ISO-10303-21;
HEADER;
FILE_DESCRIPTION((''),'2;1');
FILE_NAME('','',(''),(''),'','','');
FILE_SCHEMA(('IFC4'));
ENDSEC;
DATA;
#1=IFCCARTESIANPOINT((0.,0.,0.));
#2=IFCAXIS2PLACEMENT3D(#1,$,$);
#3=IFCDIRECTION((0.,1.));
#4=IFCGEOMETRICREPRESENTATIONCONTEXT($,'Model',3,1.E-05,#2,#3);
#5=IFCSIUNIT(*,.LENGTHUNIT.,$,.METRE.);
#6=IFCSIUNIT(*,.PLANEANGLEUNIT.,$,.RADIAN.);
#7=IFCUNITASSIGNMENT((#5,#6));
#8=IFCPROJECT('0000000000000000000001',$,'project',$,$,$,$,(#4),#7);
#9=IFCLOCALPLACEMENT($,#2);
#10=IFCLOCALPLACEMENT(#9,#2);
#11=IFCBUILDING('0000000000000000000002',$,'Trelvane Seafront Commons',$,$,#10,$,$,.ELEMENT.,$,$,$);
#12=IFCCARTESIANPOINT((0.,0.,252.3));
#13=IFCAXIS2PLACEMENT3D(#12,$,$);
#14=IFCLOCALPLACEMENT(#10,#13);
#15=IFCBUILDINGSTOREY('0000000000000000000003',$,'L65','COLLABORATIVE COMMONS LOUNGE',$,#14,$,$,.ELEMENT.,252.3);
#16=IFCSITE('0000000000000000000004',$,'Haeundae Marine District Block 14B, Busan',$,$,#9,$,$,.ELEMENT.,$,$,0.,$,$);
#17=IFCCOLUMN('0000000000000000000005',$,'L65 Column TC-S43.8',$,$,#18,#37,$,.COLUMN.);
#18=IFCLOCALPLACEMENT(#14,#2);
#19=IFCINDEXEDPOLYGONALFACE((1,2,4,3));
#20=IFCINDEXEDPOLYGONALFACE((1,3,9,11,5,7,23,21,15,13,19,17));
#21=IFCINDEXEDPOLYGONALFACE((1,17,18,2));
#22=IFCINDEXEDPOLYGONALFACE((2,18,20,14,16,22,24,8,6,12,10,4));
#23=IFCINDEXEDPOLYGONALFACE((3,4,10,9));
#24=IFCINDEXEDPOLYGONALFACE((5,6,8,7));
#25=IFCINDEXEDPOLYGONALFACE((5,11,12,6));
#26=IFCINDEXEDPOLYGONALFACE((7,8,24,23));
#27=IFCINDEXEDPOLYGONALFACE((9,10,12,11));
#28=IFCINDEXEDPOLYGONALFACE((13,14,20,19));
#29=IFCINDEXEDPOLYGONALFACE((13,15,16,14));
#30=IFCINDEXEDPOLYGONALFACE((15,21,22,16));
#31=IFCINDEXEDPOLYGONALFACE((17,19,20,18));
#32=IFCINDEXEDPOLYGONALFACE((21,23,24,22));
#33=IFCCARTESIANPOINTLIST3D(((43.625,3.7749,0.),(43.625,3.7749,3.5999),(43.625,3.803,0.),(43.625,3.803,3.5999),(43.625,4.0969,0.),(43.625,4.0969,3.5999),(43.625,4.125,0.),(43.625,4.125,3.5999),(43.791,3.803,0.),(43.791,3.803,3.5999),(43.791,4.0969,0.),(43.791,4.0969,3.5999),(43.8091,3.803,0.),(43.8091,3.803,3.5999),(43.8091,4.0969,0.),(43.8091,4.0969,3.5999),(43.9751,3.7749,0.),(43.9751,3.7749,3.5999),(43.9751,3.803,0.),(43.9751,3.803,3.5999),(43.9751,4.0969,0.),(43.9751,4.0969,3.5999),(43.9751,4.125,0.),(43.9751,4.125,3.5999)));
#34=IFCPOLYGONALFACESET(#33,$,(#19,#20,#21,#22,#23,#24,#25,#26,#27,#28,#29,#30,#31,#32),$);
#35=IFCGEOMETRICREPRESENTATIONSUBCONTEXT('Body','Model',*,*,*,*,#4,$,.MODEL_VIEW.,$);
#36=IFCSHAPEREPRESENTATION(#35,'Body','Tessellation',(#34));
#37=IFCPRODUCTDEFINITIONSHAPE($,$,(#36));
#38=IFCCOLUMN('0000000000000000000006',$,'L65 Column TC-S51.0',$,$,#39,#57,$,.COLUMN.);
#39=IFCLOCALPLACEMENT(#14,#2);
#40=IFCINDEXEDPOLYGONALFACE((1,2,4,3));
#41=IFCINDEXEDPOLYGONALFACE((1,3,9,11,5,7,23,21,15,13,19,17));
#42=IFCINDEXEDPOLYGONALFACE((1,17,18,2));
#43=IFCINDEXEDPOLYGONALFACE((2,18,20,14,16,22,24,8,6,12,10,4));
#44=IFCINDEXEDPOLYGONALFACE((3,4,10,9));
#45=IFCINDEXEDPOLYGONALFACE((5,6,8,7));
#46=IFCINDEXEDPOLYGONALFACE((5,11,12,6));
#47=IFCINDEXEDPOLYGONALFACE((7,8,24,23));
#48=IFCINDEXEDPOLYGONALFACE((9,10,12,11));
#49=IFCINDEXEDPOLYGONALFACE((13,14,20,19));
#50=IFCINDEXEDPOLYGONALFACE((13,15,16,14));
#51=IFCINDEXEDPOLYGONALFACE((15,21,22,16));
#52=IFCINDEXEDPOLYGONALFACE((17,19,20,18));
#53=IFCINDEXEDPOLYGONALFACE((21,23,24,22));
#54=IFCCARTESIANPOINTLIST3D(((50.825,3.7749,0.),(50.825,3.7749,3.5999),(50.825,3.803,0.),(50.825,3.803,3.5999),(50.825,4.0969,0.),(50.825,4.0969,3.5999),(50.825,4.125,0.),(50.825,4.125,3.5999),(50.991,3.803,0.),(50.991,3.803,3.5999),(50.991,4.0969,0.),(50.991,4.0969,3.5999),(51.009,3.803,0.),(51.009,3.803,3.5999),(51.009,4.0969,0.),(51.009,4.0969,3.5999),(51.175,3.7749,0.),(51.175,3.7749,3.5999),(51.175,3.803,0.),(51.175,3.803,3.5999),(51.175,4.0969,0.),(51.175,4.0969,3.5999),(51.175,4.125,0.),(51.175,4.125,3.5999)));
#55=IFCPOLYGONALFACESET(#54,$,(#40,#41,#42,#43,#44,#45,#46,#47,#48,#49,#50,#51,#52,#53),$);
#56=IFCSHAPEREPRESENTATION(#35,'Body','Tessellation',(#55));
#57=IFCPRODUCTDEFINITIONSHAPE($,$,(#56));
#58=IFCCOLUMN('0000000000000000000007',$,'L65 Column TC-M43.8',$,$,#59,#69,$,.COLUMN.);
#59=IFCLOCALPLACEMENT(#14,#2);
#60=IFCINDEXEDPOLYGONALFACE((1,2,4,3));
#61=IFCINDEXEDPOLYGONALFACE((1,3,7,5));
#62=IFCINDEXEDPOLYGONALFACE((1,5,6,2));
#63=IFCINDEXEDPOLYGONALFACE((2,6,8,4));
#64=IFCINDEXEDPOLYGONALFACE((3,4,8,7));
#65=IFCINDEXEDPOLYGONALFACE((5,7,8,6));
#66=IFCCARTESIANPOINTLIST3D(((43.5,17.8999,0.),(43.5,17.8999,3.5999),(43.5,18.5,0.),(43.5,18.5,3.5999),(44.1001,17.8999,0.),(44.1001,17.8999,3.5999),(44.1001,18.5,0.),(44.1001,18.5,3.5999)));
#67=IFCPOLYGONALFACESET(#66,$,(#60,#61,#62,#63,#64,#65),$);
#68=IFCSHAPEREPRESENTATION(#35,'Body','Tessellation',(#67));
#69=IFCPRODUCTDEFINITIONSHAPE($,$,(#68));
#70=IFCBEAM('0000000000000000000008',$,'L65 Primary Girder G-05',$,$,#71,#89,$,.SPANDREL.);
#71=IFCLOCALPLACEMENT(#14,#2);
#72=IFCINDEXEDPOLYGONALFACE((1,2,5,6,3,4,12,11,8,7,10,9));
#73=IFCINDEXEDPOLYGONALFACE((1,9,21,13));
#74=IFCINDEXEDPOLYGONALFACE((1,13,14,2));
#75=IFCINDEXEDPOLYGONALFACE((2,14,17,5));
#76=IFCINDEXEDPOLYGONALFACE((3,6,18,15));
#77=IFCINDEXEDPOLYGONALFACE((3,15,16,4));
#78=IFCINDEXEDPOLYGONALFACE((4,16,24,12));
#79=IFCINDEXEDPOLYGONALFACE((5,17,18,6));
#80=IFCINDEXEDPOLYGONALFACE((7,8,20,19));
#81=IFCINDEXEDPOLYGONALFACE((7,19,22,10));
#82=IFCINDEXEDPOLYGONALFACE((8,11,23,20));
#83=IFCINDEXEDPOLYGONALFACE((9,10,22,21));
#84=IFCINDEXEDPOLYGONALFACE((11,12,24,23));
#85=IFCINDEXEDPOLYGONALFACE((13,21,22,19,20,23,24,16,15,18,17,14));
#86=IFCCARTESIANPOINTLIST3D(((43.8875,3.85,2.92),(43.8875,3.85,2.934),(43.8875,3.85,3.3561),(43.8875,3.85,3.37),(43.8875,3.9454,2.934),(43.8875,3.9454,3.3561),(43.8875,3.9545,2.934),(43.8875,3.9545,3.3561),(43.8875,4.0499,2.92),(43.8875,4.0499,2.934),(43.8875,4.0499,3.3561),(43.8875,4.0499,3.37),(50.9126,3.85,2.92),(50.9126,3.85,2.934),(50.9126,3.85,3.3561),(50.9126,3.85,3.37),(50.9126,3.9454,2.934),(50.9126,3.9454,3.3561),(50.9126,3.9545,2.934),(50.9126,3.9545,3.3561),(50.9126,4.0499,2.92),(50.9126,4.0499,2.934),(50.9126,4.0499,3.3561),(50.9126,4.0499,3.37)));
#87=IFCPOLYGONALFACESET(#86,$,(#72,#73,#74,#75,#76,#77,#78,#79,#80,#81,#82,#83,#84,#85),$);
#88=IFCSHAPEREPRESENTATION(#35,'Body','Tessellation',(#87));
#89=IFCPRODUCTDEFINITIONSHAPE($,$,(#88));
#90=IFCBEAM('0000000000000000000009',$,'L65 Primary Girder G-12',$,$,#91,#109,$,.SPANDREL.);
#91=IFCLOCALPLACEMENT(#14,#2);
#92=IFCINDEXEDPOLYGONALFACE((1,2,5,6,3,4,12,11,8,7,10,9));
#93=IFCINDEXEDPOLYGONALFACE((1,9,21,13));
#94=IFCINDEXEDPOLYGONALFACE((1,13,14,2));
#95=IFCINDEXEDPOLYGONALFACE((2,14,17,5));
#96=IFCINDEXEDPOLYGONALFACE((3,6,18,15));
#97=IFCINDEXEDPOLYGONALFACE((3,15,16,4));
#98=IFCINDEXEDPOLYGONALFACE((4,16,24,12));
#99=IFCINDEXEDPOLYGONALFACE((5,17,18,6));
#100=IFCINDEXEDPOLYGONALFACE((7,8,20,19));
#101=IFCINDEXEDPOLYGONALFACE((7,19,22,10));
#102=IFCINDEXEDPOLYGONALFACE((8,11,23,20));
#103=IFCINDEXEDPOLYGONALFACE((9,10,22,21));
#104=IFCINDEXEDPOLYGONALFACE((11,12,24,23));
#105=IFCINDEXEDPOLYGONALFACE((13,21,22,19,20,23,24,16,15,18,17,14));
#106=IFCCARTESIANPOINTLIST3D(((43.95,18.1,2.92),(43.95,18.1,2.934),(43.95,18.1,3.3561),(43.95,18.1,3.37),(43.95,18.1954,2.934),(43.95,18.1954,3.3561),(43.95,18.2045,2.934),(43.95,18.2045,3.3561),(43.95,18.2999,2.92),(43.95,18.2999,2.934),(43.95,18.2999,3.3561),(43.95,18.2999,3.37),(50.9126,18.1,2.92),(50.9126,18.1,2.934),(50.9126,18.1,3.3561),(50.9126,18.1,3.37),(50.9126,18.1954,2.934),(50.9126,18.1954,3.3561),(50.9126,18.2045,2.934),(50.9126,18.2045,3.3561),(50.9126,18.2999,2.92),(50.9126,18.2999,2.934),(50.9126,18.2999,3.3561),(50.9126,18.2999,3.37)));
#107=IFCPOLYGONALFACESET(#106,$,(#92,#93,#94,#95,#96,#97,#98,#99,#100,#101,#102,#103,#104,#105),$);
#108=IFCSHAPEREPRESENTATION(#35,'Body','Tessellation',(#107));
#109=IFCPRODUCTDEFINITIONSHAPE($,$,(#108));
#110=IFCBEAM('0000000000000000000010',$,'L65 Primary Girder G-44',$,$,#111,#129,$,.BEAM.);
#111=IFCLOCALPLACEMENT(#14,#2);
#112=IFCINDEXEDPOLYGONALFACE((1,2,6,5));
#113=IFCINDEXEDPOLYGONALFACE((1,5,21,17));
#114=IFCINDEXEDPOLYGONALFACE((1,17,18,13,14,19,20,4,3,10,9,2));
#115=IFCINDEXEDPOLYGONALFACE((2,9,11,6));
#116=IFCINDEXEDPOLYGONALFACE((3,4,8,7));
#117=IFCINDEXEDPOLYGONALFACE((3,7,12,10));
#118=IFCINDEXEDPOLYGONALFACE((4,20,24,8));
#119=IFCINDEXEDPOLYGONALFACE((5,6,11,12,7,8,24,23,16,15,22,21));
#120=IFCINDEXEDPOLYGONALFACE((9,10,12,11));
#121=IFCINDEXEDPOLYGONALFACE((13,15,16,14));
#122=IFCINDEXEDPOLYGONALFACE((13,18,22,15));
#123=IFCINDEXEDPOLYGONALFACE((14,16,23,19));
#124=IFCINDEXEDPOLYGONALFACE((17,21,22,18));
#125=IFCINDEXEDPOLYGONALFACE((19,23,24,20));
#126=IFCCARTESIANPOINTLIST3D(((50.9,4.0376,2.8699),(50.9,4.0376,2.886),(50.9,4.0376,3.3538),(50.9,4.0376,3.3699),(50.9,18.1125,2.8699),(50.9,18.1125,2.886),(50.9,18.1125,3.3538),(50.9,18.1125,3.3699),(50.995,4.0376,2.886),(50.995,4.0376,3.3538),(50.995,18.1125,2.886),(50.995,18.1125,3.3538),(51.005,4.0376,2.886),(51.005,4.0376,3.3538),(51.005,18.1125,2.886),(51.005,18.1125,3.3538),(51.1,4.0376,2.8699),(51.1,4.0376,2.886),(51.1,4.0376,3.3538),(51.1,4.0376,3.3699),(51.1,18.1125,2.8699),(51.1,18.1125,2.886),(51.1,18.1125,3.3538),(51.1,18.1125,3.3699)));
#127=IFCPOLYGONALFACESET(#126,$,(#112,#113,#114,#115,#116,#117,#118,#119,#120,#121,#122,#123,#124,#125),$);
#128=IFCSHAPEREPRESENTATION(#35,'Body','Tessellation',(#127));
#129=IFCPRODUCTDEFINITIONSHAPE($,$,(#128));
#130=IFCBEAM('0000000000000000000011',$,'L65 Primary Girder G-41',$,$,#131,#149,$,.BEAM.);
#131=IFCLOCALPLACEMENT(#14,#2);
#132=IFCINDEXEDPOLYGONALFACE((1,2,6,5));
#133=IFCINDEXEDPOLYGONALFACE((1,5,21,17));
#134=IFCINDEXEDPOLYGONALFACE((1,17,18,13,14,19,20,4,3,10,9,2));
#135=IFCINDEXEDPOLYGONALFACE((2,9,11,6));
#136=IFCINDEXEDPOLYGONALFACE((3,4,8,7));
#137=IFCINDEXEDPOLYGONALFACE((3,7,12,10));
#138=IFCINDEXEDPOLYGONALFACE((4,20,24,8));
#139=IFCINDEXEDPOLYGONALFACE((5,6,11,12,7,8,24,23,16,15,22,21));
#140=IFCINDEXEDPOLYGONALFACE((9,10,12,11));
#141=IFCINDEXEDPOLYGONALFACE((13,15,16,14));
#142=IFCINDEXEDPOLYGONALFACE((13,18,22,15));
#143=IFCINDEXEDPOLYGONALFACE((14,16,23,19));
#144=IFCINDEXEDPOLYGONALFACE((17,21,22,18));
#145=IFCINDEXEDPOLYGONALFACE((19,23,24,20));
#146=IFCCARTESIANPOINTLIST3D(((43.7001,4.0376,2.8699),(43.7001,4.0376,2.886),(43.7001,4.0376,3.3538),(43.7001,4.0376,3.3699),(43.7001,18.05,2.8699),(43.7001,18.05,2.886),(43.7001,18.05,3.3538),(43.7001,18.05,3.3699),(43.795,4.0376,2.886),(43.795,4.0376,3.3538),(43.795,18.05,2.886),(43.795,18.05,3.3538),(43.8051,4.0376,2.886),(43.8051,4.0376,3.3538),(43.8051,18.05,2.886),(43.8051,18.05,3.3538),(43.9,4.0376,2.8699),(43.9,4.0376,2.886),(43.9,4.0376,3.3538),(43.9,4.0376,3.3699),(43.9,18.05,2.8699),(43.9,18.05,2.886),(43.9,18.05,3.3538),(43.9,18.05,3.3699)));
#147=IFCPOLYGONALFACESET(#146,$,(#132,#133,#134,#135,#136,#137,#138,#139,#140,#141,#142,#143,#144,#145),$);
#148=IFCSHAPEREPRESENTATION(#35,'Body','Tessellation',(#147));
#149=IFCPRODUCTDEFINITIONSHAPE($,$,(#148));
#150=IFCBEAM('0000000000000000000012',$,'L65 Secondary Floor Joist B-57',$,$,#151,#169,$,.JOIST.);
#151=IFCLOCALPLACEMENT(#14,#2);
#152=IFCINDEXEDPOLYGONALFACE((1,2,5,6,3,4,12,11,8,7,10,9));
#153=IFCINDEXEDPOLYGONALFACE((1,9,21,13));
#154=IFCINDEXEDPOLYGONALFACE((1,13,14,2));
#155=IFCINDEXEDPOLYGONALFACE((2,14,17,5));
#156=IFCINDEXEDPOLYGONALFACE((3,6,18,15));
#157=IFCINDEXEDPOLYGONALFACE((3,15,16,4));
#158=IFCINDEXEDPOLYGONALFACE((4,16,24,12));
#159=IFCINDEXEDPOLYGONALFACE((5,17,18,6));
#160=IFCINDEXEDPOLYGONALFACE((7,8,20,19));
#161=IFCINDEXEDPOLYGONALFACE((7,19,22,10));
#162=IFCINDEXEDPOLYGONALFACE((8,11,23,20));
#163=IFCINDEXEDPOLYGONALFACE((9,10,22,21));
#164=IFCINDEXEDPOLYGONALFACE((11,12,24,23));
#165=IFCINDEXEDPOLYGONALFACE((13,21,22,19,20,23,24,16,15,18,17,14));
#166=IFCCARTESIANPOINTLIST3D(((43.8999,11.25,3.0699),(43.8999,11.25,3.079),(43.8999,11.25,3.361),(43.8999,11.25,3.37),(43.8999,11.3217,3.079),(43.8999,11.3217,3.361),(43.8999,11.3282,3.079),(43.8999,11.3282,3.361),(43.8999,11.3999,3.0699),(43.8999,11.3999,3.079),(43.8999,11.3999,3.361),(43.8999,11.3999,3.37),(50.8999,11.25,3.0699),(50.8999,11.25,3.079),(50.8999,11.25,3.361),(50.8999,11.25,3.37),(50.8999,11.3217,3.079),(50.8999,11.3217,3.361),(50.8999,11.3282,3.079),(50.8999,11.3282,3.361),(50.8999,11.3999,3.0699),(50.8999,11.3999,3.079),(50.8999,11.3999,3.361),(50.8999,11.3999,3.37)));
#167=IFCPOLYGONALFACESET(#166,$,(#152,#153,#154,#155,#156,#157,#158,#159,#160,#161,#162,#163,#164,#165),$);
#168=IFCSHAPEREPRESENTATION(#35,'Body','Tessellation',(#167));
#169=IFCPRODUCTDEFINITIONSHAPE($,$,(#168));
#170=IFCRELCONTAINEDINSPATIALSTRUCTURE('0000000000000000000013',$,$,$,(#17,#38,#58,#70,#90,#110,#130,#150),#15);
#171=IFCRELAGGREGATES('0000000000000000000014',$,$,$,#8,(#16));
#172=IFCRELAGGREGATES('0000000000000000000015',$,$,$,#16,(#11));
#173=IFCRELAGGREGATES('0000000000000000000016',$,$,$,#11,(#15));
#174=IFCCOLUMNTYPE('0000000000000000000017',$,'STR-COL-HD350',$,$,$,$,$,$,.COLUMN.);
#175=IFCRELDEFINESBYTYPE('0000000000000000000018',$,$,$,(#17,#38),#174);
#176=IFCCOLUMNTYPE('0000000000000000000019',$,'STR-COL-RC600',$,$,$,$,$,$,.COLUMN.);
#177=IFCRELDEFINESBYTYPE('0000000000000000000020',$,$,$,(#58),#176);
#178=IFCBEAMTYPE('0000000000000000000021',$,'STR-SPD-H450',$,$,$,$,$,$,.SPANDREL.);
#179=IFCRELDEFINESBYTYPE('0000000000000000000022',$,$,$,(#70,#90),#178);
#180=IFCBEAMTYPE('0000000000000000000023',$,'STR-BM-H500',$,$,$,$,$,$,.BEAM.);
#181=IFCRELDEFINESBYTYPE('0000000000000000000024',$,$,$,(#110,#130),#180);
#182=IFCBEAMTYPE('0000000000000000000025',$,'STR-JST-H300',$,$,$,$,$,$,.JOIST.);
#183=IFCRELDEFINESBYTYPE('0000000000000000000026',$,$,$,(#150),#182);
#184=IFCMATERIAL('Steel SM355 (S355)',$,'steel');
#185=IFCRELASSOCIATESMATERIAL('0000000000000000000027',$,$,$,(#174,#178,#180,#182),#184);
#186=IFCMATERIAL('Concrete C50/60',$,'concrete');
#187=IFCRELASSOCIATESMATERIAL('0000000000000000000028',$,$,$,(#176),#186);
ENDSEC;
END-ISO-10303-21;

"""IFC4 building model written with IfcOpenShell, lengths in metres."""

from ifc_helpers import new_model, si_unit, direction, frame, origin, origin_2d, place, context, subcontext, project, spatial, rectangle, i_section, extrude, source, transform, mapped, material, material_profile, profile_set, type_object, element, save


model = new_model("IFC4")

# Units and contexts
model_context = context("Model", 3, precision=1e-05, world=origin(), true_north=direction((0.0, 1.0)))
body_context = subcontext(model_context, "Body", "Model", "MODEL_VIEW")
ifc_project = project(units=[si_unit("LENGTHUNIT", "METRE"), si_unit("PLANEANGLEUNIT", "RADIAN")], contexts=[model_context])

# Site, building, storey
site_placement = place(None, origin())
site = spatial("IfcSite", under=ifc_project, at=site_placement, Name="Haeundae Marine District Block 14B, Busan", CompositionType="ELEMENT", RefElevation=0.0)
building_placement = place(site_placement, origin())
building = spatial("IfcBuilding", under=site, at=building_placement, Name="Trelvane Seafront Commons", CompositionType="ELEMENT")
storey_placement = place(building_placement, frame((0.0, 0.0, 252.3)))
storey = spatial("IfcBuildingStorey", under=building, at=storey_placement, Name="L65", Description="COLLABORATIVE COMMONS LOUNGE", CompositionType="ELEMENT", Elevation=252.3)

# Columns
ifc_material_1 = material(Name="Steel SM355 (S355)", Category="steel")
ifc_material_profile_1 = material_profile(ifc_material_1, i_section(OverallWidth=0.3501, OverallDepth=0.3501, WebThickness=0.0181, FlangeThickness=0.0281, at=origin_2d()), Name="HD-350x350x18x28")
ifc_profile_set_1 = profile_set([ifc_material_profile_1], Name="Steel SM355 (S355)")
column_type_1 = type_object("IfcColumnType", Name="STR-COL-HD350", PredefinedType="COLUMN", material=ifc_profile_set_1)
shared_shape_1 = source(origin(), body_context, "Body", "SweptSolid", [
    extrude(i_section(OverallWidth=0.3501, OverallDepth=0.3501, WebThickness=0.0181, FlangeThickness=0.0281, at=origin_2d()), origin(), (0.0, 0.0, 1.0), 3.5999),
])
for number, where, z_axis, x_axis, name in (
    (1, (43.8, 3.95, 0.0), (0.0, 0.0, 1.0), (1.0, 0.0, 0.0), "L65 Column TC-S43.8"),
    (2, (51.0, 3.95, 0.0), (0.0, 0.0, 1.0), (1.0, 0.0, 0.0), "L65 Column TC-S51.0"),
):
    element("IfcColumn", number, at=place(storey_placement, frame(where, z_axis=z_axis, x_axis=x_axis)), inside=storey, type_object=column_type_1, Name=name, PredefinedType="COLUMN", context=body_context, shape_type="MappedRepresentation", body=[
        mapped(shared_shape_1, transform((0.0, 0.0, 0.0), x_axis=(1.0, 0.0, 0.0), y_axis=(0.0, 1.0, 0.0), z_axis=(0.0, 0.0, 1.0), scale=1.0)),
    ])
ifc_material_2 = material(Name="Concrete C50/60", Category="concrete")
ifc_material_profile_2 = material_profile(ifc_material_2, rectangle(XDim=0.6001, YDim=0.6001, at=origin_2d()), Name="RC-600x600")
ifc_profile_set_2 = profile_set([ifc_material_profile_2], Name="Concrete C50/60")
column_type_2 = type_object("IfcColumnType", Name="STR-COL-RC600", PredefinedType="COLUMN", material=ifc_profile_set_2)
shared_shape_2 = source(origin(), body_context, "Body", "SweptSolid", [
    extrude(rectangle(XDim=0.6001, YDim=0.6001, at=origin_2d()), origin(), (0.0, 0.0, 1.0), 3.5999),
])
column_placement = place(storey_placement, frame((43.8, 18.2, 0.0), z_axis=(0.0, 0.0, 1.0), x_axis=(1.0, 0.0, 0.0)))
element("IfcColumn", 3, at=column_placement, inside=storey, type_object=column_type_2, Name="L65 Column TC-M43.8", PredefinedType="COLUMN", context=body_context, shape_type="MappedRepresentation", body=[
    mapped(shared_shape_2, transform((0.0, 0.0, 0.0), x_axis=(1.0, 0.0, 0.0), y_axis=(0.0, 1.0, 0.0), z_axis=(0.0, 0.0, 1.0), scale=1.0)),
])

# Beams
ifc_material_profile_3 = material_profile(ifc_material_1, i_section(OverallWidth=0.2, OverallDepth=0.45, WebThickness=0.009, FlangeThickness=0.0139, at=origin_2d()), Name="H-450x200x9x14")
ifc_profile_set_3 = profile_set([ifc_material_profile_3], Name="Steel SM355 (S355)")
beam_type_1 = type_object("IfcBeamType", Name="STR-SPD-H450", PredefinedType="SPANDREL", material=ifc_profile_set_3)
shared_shape_3 = source(origin(), body_context, "Body", "SweptSolid", [
    extrude(i_section(OverallWidth=0.2, OverallDepth=0.45, WebThickness=0.009, FlangeThickness=0.0139, at=origin_2d()), origin(), (0.0, 0.0, 1.0), 7.0251),
])
beam_1_placement = place(storey_placement, frame((43.8875, 3.95, 3.145), z_axis=(1.0, 0.0, 0.0), x_axis=(0.0, 1.0, 0.0)))
element("IfcBeam", 4, at=beam_1_placement, inside=storey, type_object=beam_type_1, Name="L65 Primary Girder G-05", PredefinedType="SPANDREL", context=body_context, shape_type="MappedRepresentation", body=[
    mapped(shared_shape_3, transform((0.0, 0.0, 0.0), x_axis=(1.0, 0.0, 0.0), y_axis=(0.0, 1.0, 0.0), z_axis=(0.0, 0.0, 1.0), scale=1.0)),
])
shared_shape_4 = source(origin(), body_context, "Body", "SweptSolid", [
    extrude(i_section(OverallWidth=0.2, OverallDepth=0.45, WebThickness=0.009, FlangeThickness=0.0139, at=origin_2d()), origin(), (0.0, 0.0, 1.0), 6.9626),
])
beam_2_placement = place(storey_placement, frame((43.95, 18.2, 3.145), z_axis=(1.0, 0.0, 0.0), x_axis=(0.0, 1.0, 0.0)))
element("IfcBeam", 5, at=beam_2_placement, inside=storey, type_object=beam_type_1, Name="L65 Primary Girder G-12", PredefinedType="SPANDREL", context=body_context, shape_type="MappedRepresentation", body=[
    mapped(shared_shape_4, transform((0.0, 0.0, 0.0), x_axis=(1.0, 0.0, 0.0), y_axis=(0.0, 1.0, 0.0), z_axis=(0.0, 0.0, 1.0), scale=1.0)),
])
ifc_material_profile_4 = material_profile(ifc_material_1, i_section(OverallWidth=0.2, OverallDepth=0.5, WebThickness=0.01, FlangeThickness=0.0161, at=origin_2d()), Name="H-500x200x10x16")
ifc_profile_set_4 = profile_set([ifc_material_profile_4], Name="Steel SM355 (S355)")
beam_type_2 = type_object("IfcBeamType", Name="STR-BM-H500", PredefinedType="BEAM", material=ifc_profile_set_4)
shared_shape_5 = source(origin(), body_context, "Body", "SweptSolid", [
    extrude(i_section(OverallWidth=0.2, OverallDepth=0.5, WebThickness=0.01, FlangeThickness=0.0161, at=origin_2d()), origin(), (0.0, 0.0, 1.0), 14.075),
])
beam_3_placement = place(storey_placement, frame((51.0, 4.0376, 3.1199), z_axis=(0.0, 1.0, 0.0), x_axis=(-1.0, 0.0, 0.0)))
element("IfcBeam", 6, at=beam_3_placement, inside=storey, type_object=beam_type_2, Name="L65 Primary Girder G-44", PredefinedType="BEAM", context=body_context, shape_type="MappedRepresentation", body=[
    mapped(shared_shape_5, transform((0.0, 0.0, 0.0), x_axis=(1.0, 0.0, 0.0), y_axis=(0.0, 1.0, 0.0), z_axis=(0.0, 0.0, 1.0), scale=1.0)),
])
shared_shape_6 = source(origin(), body_context, "Body", "SweptSolid", [
    extrude(i_section(OverallWidth=0.2, OverallDepth=0.5, WebThickness=0.01, FlangeThickness=0.0161, at=origin_2d()), origin(), (0.0, 0.0, 1.0), 14.0125),
])
beam_4_placement = place(storey_placement, frame((43.8, 4.0376, 3.1199), z_axis=(0.0, 1.0, 0.0), x_axis=(-1.0, 0.0, 0.0)))
element("IfcBeam", 7, at=beam_4_placement, inside=storey, type_object=beam_type_2, Name="L65 Primary Girder G-41", PredefinedType="BEAM", context=body_context, shape_type="MappedRepresentation", body=[
    mapped(shared_shape_6, transform((0.0, 0.0, 0.0), x_axis=(1.0, 0.0, 0.0), y_axis=(0.0, 1.0, 0.0), z_axis=(0.0, 0.0, 1.0), scale=1.0)),
])
ifc_material_profile_5 = material_profile(ifc_material_1, i_section(OverallWidth=0.1499, OverallDepth=0.3, WebThickness=0.0066, FlangeThickness=0.009, at=origin_2d()), Name="H-300x150x6.5x9")
ifc_profile_set_5 = profile_set([ifc_material_profile_5], Name="Steel SM355 (S355)")
beam_type_3 = type_object("IfcBeamType", Name="STR-JST-H300", PredefinedType="JOIST", material=ifc_profile_set_5)
shared_shape_7 = source(origin(), body_context, "Body", "SweptSolid", [
    extrude(i_section(OverallWidth=0.1499, OverallDepth=0.3, WebThickness=0.0066, FlangeThickness=0.009, at=origin_2d()), origin(), (0.0, 0.0, 1.0), 7.0),
])
beam_5_placement = place(storey_placement, frame((43.8999, 11.325, 3.22), z_axis=(1.0, 0.0, 0.0), x_axis=(0.0, 1.0, 0.0)))
element("IfcBeam", 8, at=beam_5_placement, inside=storey, type_object=beam_type_3, Name="L65 Secondary Floor Joist B-57", PredefinedType="JOIST", context=body_context, shape_type="MappedRepresentation", body=[
    mapped(shared_shape_7, transform((0.0, 0.0, 0.0), x_axis=(1.0, 0.0, 0.0), y_axis=(0.0, 1.0, 0.0), z_axis=(0.0, 0.0, 1.0), scale=1.0)),
])

save(model, "model.ifc")
